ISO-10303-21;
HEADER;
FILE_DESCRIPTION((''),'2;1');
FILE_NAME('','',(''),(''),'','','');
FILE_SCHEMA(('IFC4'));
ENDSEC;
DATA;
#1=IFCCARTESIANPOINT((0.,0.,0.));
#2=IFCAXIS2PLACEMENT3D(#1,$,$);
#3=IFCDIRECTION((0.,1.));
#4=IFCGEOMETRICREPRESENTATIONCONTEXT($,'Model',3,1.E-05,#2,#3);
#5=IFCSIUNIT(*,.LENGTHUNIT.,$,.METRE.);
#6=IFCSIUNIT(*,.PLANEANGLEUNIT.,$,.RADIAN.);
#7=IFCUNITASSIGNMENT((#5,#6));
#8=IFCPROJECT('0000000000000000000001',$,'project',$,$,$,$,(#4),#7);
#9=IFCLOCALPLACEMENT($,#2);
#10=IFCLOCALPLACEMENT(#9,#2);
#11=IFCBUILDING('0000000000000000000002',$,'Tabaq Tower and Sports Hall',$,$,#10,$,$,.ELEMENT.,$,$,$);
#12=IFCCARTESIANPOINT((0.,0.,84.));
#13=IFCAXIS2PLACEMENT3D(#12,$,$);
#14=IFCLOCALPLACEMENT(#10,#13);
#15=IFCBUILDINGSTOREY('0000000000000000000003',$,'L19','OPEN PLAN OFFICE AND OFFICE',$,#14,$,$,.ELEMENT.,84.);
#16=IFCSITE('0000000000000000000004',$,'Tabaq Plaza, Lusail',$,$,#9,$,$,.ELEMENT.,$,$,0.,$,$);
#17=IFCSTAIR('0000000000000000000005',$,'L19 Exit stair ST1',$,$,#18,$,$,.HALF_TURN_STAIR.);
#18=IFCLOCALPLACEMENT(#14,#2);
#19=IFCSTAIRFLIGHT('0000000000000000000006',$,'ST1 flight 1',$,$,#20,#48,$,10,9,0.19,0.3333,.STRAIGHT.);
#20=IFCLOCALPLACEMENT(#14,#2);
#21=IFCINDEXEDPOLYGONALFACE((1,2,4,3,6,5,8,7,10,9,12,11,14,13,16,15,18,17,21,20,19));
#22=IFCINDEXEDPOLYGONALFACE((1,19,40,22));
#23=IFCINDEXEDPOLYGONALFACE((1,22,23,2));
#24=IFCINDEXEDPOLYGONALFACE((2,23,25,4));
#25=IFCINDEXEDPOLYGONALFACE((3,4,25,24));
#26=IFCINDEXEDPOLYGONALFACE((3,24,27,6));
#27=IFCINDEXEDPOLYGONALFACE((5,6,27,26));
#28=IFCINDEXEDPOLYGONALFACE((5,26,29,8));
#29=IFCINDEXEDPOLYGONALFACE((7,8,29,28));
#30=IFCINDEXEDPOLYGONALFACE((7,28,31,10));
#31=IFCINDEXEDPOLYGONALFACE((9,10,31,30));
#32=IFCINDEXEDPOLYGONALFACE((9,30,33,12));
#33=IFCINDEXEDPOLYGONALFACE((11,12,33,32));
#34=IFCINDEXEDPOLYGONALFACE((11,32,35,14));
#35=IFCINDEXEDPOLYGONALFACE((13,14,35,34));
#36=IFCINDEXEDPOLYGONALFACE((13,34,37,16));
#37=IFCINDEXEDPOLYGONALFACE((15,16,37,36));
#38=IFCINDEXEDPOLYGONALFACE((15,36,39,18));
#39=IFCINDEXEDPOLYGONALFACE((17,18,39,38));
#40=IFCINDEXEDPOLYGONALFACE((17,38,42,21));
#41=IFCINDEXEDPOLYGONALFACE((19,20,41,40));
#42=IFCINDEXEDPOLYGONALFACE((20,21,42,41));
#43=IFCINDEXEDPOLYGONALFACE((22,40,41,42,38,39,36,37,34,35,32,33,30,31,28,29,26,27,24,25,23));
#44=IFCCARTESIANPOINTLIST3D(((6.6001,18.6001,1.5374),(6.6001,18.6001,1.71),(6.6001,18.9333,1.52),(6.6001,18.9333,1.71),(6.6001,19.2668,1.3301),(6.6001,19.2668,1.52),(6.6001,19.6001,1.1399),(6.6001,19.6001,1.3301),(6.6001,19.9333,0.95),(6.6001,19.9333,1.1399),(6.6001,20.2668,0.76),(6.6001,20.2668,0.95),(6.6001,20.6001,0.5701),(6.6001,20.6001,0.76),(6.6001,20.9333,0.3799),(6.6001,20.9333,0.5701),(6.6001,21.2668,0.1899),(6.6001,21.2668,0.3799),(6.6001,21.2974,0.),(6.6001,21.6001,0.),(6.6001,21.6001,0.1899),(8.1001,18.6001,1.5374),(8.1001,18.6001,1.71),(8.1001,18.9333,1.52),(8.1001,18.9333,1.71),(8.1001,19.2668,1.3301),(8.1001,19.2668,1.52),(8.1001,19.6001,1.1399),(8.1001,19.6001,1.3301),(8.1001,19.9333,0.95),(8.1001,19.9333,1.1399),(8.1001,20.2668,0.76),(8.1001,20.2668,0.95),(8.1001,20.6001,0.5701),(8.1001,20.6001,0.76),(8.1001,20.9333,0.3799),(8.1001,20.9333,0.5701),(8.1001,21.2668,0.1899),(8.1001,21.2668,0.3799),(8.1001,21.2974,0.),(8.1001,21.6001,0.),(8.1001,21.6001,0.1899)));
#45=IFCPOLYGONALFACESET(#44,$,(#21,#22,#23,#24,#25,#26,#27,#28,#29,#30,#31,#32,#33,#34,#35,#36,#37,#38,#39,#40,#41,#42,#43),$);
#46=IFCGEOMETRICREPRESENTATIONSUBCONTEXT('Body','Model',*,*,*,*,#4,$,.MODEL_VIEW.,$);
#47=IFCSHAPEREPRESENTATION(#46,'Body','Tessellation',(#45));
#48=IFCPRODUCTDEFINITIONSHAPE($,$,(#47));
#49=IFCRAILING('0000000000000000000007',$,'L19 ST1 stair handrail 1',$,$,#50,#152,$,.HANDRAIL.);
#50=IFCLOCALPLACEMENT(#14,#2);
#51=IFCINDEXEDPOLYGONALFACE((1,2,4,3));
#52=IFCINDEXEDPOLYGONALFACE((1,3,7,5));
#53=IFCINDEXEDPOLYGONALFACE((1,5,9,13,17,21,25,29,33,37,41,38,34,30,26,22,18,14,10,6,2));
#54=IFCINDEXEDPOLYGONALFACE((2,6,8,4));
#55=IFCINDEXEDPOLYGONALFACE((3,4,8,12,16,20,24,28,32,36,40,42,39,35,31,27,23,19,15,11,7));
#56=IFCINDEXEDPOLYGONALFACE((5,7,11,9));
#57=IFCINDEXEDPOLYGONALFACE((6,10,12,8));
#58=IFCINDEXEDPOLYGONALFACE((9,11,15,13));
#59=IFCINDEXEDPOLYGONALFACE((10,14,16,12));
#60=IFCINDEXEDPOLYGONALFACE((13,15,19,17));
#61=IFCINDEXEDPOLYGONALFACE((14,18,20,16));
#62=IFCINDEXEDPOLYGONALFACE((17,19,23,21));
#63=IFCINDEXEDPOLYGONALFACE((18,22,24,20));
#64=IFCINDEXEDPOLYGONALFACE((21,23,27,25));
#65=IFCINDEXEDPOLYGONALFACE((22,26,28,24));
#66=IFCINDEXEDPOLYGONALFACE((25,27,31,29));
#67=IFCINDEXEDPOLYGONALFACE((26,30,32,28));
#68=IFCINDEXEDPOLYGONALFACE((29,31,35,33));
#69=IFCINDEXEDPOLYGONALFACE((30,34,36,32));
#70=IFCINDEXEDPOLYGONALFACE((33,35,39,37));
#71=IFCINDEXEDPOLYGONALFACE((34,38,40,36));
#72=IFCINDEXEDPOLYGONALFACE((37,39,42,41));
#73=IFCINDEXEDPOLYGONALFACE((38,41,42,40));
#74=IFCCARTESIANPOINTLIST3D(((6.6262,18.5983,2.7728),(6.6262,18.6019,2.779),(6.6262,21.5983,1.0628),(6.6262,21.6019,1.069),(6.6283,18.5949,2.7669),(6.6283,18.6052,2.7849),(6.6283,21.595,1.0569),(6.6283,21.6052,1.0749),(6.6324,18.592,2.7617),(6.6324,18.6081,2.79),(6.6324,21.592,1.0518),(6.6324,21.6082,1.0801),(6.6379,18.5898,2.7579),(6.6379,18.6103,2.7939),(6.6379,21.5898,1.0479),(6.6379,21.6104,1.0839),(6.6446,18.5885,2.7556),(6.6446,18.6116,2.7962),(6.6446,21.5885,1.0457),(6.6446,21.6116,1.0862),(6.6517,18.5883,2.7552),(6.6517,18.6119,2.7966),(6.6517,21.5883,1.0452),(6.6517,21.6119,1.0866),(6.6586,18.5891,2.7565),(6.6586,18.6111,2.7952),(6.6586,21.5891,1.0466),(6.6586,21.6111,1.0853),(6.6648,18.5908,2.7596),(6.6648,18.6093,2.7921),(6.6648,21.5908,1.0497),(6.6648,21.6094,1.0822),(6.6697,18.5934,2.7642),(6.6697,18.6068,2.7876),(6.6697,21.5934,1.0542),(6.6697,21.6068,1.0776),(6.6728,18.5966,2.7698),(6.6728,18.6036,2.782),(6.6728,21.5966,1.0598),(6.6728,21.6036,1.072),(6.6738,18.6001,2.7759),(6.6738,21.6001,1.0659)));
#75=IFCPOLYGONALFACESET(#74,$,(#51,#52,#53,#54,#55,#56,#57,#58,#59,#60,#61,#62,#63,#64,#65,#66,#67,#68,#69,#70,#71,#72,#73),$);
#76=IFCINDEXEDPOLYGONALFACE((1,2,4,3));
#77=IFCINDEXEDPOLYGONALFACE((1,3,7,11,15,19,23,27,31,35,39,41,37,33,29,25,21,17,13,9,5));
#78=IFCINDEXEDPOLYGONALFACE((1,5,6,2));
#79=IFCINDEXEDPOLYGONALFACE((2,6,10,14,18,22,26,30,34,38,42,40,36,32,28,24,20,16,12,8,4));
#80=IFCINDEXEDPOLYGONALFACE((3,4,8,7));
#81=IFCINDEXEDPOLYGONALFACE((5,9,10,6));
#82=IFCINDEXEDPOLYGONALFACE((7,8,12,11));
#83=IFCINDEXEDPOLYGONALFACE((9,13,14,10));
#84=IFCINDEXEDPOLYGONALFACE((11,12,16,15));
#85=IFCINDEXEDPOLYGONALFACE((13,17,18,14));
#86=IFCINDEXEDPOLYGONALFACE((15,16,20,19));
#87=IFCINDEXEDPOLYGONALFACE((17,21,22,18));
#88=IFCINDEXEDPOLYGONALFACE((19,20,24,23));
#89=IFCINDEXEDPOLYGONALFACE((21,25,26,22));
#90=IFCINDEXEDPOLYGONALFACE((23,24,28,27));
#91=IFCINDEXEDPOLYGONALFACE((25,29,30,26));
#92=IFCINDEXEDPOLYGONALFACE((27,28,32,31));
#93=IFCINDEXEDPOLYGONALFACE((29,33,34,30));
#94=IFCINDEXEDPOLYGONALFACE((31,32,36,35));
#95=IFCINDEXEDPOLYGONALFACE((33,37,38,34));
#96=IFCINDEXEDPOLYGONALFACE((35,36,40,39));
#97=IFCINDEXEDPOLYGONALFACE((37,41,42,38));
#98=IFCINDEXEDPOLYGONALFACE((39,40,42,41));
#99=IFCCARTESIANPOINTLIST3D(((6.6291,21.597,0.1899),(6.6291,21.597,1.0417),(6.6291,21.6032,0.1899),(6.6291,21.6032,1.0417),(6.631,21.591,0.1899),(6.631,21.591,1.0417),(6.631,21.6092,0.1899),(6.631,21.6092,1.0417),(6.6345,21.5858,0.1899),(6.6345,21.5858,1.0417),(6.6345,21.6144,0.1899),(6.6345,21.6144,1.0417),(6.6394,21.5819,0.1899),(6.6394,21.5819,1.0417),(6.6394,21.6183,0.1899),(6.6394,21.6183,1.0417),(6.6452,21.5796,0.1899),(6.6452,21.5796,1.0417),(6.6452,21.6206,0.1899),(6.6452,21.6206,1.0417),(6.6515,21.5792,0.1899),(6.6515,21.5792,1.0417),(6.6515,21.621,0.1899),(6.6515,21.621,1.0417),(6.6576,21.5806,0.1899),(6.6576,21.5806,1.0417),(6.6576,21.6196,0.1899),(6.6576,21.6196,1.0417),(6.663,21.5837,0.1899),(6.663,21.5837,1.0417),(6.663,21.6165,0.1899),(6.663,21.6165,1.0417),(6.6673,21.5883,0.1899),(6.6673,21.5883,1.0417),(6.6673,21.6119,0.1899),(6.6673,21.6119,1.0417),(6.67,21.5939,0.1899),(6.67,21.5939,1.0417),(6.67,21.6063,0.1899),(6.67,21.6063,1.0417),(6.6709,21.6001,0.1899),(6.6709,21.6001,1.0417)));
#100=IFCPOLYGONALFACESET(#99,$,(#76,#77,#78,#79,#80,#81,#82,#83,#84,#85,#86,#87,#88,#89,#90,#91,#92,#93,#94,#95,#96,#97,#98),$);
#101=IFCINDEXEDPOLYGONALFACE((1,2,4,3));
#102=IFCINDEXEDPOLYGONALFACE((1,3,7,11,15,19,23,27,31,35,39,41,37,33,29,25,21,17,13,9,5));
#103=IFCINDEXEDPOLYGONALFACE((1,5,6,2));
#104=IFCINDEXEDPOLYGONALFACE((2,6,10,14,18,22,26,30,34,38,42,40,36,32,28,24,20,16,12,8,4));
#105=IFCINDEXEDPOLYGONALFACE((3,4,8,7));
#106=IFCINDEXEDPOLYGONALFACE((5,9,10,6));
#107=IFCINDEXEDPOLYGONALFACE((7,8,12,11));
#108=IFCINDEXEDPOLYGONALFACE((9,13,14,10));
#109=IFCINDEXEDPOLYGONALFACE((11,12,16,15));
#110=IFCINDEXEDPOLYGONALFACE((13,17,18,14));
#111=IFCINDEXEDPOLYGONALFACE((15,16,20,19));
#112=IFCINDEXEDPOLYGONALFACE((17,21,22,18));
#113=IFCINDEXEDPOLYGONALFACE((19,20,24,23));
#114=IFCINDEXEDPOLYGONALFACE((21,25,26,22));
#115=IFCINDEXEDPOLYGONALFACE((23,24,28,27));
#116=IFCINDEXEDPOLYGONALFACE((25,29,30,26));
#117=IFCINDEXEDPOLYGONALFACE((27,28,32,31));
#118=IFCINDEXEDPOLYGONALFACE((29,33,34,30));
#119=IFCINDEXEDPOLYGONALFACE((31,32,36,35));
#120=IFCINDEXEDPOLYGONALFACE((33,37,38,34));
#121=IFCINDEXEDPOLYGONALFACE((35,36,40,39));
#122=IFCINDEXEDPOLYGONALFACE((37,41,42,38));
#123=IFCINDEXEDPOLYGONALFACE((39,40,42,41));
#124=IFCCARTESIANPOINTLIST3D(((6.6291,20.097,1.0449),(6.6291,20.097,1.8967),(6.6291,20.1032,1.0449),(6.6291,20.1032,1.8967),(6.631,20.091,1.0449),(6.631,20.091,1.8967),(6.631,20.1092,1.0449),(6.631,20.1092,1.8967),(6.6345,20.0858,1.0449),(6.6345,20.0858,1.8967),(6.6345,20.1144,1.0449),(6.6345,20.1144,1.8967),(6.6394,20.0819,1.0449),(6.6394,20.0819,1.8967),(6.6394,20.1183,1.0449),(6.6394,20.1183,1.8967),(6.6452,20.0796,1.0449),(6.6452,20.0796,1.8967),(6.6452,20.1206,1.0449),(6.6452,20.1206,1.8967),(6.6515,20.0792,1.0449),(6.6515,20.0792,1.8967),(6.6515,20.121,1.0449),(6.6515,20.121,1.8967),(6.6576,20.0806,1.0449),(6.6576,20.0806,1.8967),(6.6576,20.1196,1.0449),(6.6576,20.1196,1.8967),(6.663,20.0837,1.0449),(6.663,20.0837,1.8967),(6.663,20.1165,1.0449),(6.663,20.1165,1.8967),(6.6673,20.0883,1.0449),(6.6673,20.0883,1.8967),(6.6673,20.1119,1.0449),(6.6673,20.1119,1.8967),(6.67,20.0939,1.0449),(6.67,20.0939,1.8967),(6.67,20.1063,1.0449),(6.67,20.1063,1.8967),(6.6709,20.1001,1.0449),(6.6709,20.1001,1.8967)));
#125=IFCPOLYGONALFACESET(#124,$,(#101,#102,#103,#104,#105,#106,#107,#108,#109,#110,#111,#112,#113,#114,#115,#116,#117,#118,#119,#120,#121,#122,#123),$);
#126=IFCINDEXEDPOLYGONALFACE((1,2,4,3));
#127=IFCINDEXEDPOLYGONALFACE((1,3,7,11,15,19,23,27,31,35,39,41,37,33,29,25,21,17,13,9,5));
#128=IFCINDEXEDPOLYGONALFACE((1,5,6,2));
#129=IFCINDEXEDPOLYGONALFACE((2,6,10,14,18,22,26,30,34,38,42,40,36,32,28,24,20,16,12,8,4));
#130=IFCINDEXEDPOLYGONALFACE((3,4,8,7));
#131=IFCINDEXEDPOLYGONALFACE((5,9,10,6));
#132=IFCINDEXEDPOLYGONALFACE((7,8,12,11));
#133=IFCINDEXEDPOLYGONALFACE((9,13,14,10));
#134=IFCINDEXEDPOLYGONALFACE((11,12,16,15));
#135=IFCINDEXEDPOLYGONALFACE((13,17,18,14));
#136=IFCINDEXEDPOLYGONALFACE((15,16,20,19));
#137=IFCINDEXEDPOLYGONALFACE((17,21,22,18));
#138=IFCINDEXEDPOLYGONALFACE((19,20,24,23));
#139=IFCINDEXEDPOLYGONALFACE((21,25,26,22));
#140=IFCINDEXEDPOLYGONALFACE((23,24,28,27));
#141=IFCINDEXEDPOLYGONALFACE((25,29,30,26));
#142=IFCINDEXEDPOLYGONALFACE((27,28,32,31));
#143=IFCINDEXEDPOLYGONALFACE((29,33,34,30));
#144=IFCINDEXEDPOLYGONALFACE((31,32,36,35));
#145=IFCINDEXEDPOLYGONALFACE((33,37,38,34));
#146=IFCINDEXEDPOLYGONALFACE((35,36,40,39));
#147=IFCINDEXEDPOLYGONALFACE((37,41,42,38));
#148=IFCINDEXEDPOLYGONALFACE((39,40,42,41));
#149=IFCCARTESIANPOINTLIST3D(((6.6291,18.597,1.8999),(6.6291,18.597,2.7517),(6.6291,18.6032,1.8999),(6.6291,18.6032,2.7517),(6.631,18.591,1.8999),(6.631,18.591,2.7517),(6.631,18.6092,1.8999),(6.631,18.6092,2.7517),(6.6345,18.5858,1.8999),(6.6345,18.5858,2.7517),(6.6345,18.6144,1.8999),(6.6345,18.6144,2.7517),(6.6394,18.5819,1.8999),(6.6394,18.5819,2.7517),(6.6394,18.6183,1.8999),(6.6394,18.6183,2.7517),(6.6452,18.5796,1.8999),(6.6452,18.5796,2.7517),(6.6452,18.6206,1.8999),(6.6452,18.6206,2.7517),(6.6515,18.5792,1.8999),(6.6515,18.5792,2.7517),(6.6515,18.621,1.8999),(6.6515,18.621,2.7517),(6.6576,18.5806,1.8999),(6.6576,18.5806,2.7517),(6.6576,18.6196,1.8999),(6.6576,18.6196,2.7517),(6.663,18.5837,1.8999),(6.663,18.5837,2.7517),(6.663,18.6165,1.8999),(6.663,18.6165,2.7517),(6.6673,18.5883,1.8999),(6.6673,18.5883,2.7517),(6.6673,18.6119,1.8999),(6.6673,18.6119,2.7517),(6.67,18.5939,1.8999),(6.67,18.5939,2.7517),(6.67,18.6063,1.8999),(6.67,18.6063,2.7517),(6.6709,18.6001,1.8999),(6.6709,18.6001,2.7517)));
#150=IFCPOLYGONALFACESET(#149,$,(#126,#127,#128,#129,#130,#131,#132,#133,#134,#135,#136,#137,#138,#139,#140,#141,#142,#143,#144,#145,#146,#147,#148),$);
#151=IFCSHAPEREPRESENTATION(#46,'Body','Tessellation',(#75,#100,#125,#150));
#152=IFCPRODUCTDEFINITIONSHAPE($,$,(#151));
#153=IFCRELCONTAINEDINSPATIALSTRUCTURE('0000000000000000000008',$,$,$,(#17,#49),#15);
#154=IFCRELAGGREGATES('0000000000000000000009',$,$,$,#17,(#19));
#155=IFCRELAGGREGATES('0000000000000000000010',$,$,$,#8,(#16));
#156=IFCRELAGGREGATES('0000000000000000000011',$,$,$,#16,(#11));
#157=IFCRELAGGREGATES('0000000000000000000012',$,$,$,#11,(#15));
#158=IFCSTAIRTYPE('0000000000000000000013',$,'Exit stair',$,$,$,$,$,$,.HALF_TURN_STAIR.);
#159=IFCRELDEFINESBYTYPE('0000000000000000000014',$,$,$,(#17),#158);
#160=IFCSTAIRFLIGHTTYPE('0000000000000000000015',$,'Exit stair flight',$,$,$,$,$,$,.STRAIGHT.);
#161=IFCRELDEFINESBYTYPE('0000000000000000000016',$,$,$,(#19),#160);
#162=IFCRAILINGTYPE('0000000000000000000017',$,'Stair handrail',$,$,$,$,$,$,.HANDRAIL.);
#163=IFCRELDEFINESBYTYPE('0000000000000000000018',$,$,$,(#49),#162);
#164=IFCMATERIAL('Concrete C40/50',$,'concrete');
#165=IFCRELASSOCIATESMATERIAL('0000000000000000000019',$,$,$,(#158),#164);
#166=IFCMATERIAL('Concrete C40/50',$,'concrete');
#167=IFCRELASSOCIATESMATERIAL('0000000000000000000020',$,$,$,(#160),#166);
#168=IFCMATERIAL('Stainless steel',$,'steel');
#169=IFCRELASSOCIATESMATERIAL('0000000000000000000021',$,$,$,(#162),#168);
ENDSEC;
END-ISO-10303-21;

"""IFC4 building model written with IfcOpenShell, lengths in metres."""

from ifc_helpers import new_model, si_unit, direction, frame, origin, origin_2d, place, context, subcontext, project, spatial, polyline, circle, outline, extrude, material, type_object, element, aggregate, save


model = new_model("IFC4")

# Units and contexts
model_context = context("Model", 3, precision=1e-05, world=origin(), true_north=direction((0.0, 1.0)))
body_context = subcontext(model_context, "Body", "Model", "MODEL_VIEW")
ifc_project = project(units=[si_unit("LENGTHUNIT", "METRE"), si_unit("PLANEANGLEUNIT", "RADIAN")], contexts=[model_context])

# Site, building, storey
site_placement = place(None, origin())
site = spatial("IfcSite", under=ifc_project, at=site_placement, Name="Tabaq Plaza, Lusail", CompositionType="ELEMENT", RefElevation=0.0)
building_placement = place(site_placement, origin())
building = spatial("IfcBuilding", under=site, at=building_placement, Name="Tabaq Tower and Sports Hall", CompositionType="ELEMENT")
storey_placement = place(building_placement, frame((0.0, 0.0, 84.0)))
storey = spatial("IfcBuildingStorey", under=building, at=storey_placement, Name="L19", Description="OPEN PLAN OFFICE AND OFFICE", CompositionType="ELEMENT", Elevation=84.0)

# Stair, stair flight
ifc_material_1 = material(Name="Concrete C40/50", Category="concrete")
stair_type = type_object("IfcStairType", Name="Exit stair", PredefinedType="HALF_TURN_STAIR", material=ifc_material_1)
stair_placement = place(storey_placement, origin())
stair = element("IfcStair", 1, at=stair_placement, inside=storey, type_object=stair_type, Name="L19 Exit stair ST1", PredefinedType="HALF_TURN_STAIR")
ifc_material_2 = material(Name="Concrete C40/50", Category="concrete")
stair_flight_type = type_object("IfcStairFlightType", Name="Exit stair flight", PredefinedType="STRAIGHT", material=ifc_material_2)
stair_flight_placement = place(storey_placement, frame((7.3501, 21.6001, 0.0), z_axis=(0.0, 0.0, 1.0), x_axis=(0.0, -1.0, 0.0)))
stair_flight = element("IfcStairFlight", 2, at=stair_flight_placement, type_object=stair_flight_type, Name="ST1 flight 1", NumberOfRisers=10, NumberOfTreads=9, PredefinedType="STRAIGHT", RiserHeight=0.19, TreadLength=0.3333, context=body_context, shape_type="SweptSolid", body=[
    extrude(outline(polyline([(0.0, 0.0), (0.0, 0.1899), (0.3333, 0.1899), (0.3333, 0.3799), (0.6667, 0.3799), (0.6667, 0.5701), (1.0, 0.5701), (1.0, 0.76), (1.3333, 0.76), (1.3333, 0.95), (1.6667, 0.95), (1.6667, 1.1399), (2.0, 1.1399), (2.0, 1.3301), (2.3333, 1.3301), (2.3333, 1.52), (2.6667, 1.52), (2.6667, 1.71), (3.0, 1.71), (3.0, 1.8999), (3.0, 1.5374), (0.3027, 0.0), (0.0, 0.0)])), frame((0.0, 0.75, 0.0), z_axis=(0.0, -1.0, 0.0), x_axis=(1.0, 0.0, 0.0)), (0.0, 0.0, 1.0), 1.5),
])
aggregate(stair, [stair_flight])

# Railing
ifc_material_3 = material(Name="Stainless steel", Category="steel")
railing_type_1 = type_object("IfcRailingType", Name="Stair handrail", PredefinedType="HANDRAIL", material=ifc_material_3)
for number, where, name in (
    (3, (6.6499, 21.6001, 0.1899), "L19 ST1 stair handrail 1"),
):
    element("IfcRailing", number, at=place(storey_placement, frame(where)), inside=storey, type_object=railing_type_1, Name=name, PredefinedType="HANDRAIL", context=body_context, shape_type="SweptSolid", body=[
        extrude(circle(Radius=0.0239, at=origin_2d()), frame((0.0, 0.0, 0.876), z_axis=(0.0, -0.868782, 0.495195), x_axis=(1.0, 0.0, 0.0)), (0.0, 0.0, 1.0), 3.4531),
        extrude(circle(Radius=0.021, at=origin_2d()), origin(), (0.0, 0.0, 1.0), 0.8518),
        extrude(circle(Radius=0.021, at=origin_2d()), frame((0.0, -1.5, 0.855)), (0.0, 0.0, 1.0), 0.8518),
        extrude(circle(Radius=0.021, at=origin_2d()), frame((0.0, -3.0, 1.71)), (0.0, 0.0, 1.0), 0.8518),
    ])

save(model, "model.ifc")
